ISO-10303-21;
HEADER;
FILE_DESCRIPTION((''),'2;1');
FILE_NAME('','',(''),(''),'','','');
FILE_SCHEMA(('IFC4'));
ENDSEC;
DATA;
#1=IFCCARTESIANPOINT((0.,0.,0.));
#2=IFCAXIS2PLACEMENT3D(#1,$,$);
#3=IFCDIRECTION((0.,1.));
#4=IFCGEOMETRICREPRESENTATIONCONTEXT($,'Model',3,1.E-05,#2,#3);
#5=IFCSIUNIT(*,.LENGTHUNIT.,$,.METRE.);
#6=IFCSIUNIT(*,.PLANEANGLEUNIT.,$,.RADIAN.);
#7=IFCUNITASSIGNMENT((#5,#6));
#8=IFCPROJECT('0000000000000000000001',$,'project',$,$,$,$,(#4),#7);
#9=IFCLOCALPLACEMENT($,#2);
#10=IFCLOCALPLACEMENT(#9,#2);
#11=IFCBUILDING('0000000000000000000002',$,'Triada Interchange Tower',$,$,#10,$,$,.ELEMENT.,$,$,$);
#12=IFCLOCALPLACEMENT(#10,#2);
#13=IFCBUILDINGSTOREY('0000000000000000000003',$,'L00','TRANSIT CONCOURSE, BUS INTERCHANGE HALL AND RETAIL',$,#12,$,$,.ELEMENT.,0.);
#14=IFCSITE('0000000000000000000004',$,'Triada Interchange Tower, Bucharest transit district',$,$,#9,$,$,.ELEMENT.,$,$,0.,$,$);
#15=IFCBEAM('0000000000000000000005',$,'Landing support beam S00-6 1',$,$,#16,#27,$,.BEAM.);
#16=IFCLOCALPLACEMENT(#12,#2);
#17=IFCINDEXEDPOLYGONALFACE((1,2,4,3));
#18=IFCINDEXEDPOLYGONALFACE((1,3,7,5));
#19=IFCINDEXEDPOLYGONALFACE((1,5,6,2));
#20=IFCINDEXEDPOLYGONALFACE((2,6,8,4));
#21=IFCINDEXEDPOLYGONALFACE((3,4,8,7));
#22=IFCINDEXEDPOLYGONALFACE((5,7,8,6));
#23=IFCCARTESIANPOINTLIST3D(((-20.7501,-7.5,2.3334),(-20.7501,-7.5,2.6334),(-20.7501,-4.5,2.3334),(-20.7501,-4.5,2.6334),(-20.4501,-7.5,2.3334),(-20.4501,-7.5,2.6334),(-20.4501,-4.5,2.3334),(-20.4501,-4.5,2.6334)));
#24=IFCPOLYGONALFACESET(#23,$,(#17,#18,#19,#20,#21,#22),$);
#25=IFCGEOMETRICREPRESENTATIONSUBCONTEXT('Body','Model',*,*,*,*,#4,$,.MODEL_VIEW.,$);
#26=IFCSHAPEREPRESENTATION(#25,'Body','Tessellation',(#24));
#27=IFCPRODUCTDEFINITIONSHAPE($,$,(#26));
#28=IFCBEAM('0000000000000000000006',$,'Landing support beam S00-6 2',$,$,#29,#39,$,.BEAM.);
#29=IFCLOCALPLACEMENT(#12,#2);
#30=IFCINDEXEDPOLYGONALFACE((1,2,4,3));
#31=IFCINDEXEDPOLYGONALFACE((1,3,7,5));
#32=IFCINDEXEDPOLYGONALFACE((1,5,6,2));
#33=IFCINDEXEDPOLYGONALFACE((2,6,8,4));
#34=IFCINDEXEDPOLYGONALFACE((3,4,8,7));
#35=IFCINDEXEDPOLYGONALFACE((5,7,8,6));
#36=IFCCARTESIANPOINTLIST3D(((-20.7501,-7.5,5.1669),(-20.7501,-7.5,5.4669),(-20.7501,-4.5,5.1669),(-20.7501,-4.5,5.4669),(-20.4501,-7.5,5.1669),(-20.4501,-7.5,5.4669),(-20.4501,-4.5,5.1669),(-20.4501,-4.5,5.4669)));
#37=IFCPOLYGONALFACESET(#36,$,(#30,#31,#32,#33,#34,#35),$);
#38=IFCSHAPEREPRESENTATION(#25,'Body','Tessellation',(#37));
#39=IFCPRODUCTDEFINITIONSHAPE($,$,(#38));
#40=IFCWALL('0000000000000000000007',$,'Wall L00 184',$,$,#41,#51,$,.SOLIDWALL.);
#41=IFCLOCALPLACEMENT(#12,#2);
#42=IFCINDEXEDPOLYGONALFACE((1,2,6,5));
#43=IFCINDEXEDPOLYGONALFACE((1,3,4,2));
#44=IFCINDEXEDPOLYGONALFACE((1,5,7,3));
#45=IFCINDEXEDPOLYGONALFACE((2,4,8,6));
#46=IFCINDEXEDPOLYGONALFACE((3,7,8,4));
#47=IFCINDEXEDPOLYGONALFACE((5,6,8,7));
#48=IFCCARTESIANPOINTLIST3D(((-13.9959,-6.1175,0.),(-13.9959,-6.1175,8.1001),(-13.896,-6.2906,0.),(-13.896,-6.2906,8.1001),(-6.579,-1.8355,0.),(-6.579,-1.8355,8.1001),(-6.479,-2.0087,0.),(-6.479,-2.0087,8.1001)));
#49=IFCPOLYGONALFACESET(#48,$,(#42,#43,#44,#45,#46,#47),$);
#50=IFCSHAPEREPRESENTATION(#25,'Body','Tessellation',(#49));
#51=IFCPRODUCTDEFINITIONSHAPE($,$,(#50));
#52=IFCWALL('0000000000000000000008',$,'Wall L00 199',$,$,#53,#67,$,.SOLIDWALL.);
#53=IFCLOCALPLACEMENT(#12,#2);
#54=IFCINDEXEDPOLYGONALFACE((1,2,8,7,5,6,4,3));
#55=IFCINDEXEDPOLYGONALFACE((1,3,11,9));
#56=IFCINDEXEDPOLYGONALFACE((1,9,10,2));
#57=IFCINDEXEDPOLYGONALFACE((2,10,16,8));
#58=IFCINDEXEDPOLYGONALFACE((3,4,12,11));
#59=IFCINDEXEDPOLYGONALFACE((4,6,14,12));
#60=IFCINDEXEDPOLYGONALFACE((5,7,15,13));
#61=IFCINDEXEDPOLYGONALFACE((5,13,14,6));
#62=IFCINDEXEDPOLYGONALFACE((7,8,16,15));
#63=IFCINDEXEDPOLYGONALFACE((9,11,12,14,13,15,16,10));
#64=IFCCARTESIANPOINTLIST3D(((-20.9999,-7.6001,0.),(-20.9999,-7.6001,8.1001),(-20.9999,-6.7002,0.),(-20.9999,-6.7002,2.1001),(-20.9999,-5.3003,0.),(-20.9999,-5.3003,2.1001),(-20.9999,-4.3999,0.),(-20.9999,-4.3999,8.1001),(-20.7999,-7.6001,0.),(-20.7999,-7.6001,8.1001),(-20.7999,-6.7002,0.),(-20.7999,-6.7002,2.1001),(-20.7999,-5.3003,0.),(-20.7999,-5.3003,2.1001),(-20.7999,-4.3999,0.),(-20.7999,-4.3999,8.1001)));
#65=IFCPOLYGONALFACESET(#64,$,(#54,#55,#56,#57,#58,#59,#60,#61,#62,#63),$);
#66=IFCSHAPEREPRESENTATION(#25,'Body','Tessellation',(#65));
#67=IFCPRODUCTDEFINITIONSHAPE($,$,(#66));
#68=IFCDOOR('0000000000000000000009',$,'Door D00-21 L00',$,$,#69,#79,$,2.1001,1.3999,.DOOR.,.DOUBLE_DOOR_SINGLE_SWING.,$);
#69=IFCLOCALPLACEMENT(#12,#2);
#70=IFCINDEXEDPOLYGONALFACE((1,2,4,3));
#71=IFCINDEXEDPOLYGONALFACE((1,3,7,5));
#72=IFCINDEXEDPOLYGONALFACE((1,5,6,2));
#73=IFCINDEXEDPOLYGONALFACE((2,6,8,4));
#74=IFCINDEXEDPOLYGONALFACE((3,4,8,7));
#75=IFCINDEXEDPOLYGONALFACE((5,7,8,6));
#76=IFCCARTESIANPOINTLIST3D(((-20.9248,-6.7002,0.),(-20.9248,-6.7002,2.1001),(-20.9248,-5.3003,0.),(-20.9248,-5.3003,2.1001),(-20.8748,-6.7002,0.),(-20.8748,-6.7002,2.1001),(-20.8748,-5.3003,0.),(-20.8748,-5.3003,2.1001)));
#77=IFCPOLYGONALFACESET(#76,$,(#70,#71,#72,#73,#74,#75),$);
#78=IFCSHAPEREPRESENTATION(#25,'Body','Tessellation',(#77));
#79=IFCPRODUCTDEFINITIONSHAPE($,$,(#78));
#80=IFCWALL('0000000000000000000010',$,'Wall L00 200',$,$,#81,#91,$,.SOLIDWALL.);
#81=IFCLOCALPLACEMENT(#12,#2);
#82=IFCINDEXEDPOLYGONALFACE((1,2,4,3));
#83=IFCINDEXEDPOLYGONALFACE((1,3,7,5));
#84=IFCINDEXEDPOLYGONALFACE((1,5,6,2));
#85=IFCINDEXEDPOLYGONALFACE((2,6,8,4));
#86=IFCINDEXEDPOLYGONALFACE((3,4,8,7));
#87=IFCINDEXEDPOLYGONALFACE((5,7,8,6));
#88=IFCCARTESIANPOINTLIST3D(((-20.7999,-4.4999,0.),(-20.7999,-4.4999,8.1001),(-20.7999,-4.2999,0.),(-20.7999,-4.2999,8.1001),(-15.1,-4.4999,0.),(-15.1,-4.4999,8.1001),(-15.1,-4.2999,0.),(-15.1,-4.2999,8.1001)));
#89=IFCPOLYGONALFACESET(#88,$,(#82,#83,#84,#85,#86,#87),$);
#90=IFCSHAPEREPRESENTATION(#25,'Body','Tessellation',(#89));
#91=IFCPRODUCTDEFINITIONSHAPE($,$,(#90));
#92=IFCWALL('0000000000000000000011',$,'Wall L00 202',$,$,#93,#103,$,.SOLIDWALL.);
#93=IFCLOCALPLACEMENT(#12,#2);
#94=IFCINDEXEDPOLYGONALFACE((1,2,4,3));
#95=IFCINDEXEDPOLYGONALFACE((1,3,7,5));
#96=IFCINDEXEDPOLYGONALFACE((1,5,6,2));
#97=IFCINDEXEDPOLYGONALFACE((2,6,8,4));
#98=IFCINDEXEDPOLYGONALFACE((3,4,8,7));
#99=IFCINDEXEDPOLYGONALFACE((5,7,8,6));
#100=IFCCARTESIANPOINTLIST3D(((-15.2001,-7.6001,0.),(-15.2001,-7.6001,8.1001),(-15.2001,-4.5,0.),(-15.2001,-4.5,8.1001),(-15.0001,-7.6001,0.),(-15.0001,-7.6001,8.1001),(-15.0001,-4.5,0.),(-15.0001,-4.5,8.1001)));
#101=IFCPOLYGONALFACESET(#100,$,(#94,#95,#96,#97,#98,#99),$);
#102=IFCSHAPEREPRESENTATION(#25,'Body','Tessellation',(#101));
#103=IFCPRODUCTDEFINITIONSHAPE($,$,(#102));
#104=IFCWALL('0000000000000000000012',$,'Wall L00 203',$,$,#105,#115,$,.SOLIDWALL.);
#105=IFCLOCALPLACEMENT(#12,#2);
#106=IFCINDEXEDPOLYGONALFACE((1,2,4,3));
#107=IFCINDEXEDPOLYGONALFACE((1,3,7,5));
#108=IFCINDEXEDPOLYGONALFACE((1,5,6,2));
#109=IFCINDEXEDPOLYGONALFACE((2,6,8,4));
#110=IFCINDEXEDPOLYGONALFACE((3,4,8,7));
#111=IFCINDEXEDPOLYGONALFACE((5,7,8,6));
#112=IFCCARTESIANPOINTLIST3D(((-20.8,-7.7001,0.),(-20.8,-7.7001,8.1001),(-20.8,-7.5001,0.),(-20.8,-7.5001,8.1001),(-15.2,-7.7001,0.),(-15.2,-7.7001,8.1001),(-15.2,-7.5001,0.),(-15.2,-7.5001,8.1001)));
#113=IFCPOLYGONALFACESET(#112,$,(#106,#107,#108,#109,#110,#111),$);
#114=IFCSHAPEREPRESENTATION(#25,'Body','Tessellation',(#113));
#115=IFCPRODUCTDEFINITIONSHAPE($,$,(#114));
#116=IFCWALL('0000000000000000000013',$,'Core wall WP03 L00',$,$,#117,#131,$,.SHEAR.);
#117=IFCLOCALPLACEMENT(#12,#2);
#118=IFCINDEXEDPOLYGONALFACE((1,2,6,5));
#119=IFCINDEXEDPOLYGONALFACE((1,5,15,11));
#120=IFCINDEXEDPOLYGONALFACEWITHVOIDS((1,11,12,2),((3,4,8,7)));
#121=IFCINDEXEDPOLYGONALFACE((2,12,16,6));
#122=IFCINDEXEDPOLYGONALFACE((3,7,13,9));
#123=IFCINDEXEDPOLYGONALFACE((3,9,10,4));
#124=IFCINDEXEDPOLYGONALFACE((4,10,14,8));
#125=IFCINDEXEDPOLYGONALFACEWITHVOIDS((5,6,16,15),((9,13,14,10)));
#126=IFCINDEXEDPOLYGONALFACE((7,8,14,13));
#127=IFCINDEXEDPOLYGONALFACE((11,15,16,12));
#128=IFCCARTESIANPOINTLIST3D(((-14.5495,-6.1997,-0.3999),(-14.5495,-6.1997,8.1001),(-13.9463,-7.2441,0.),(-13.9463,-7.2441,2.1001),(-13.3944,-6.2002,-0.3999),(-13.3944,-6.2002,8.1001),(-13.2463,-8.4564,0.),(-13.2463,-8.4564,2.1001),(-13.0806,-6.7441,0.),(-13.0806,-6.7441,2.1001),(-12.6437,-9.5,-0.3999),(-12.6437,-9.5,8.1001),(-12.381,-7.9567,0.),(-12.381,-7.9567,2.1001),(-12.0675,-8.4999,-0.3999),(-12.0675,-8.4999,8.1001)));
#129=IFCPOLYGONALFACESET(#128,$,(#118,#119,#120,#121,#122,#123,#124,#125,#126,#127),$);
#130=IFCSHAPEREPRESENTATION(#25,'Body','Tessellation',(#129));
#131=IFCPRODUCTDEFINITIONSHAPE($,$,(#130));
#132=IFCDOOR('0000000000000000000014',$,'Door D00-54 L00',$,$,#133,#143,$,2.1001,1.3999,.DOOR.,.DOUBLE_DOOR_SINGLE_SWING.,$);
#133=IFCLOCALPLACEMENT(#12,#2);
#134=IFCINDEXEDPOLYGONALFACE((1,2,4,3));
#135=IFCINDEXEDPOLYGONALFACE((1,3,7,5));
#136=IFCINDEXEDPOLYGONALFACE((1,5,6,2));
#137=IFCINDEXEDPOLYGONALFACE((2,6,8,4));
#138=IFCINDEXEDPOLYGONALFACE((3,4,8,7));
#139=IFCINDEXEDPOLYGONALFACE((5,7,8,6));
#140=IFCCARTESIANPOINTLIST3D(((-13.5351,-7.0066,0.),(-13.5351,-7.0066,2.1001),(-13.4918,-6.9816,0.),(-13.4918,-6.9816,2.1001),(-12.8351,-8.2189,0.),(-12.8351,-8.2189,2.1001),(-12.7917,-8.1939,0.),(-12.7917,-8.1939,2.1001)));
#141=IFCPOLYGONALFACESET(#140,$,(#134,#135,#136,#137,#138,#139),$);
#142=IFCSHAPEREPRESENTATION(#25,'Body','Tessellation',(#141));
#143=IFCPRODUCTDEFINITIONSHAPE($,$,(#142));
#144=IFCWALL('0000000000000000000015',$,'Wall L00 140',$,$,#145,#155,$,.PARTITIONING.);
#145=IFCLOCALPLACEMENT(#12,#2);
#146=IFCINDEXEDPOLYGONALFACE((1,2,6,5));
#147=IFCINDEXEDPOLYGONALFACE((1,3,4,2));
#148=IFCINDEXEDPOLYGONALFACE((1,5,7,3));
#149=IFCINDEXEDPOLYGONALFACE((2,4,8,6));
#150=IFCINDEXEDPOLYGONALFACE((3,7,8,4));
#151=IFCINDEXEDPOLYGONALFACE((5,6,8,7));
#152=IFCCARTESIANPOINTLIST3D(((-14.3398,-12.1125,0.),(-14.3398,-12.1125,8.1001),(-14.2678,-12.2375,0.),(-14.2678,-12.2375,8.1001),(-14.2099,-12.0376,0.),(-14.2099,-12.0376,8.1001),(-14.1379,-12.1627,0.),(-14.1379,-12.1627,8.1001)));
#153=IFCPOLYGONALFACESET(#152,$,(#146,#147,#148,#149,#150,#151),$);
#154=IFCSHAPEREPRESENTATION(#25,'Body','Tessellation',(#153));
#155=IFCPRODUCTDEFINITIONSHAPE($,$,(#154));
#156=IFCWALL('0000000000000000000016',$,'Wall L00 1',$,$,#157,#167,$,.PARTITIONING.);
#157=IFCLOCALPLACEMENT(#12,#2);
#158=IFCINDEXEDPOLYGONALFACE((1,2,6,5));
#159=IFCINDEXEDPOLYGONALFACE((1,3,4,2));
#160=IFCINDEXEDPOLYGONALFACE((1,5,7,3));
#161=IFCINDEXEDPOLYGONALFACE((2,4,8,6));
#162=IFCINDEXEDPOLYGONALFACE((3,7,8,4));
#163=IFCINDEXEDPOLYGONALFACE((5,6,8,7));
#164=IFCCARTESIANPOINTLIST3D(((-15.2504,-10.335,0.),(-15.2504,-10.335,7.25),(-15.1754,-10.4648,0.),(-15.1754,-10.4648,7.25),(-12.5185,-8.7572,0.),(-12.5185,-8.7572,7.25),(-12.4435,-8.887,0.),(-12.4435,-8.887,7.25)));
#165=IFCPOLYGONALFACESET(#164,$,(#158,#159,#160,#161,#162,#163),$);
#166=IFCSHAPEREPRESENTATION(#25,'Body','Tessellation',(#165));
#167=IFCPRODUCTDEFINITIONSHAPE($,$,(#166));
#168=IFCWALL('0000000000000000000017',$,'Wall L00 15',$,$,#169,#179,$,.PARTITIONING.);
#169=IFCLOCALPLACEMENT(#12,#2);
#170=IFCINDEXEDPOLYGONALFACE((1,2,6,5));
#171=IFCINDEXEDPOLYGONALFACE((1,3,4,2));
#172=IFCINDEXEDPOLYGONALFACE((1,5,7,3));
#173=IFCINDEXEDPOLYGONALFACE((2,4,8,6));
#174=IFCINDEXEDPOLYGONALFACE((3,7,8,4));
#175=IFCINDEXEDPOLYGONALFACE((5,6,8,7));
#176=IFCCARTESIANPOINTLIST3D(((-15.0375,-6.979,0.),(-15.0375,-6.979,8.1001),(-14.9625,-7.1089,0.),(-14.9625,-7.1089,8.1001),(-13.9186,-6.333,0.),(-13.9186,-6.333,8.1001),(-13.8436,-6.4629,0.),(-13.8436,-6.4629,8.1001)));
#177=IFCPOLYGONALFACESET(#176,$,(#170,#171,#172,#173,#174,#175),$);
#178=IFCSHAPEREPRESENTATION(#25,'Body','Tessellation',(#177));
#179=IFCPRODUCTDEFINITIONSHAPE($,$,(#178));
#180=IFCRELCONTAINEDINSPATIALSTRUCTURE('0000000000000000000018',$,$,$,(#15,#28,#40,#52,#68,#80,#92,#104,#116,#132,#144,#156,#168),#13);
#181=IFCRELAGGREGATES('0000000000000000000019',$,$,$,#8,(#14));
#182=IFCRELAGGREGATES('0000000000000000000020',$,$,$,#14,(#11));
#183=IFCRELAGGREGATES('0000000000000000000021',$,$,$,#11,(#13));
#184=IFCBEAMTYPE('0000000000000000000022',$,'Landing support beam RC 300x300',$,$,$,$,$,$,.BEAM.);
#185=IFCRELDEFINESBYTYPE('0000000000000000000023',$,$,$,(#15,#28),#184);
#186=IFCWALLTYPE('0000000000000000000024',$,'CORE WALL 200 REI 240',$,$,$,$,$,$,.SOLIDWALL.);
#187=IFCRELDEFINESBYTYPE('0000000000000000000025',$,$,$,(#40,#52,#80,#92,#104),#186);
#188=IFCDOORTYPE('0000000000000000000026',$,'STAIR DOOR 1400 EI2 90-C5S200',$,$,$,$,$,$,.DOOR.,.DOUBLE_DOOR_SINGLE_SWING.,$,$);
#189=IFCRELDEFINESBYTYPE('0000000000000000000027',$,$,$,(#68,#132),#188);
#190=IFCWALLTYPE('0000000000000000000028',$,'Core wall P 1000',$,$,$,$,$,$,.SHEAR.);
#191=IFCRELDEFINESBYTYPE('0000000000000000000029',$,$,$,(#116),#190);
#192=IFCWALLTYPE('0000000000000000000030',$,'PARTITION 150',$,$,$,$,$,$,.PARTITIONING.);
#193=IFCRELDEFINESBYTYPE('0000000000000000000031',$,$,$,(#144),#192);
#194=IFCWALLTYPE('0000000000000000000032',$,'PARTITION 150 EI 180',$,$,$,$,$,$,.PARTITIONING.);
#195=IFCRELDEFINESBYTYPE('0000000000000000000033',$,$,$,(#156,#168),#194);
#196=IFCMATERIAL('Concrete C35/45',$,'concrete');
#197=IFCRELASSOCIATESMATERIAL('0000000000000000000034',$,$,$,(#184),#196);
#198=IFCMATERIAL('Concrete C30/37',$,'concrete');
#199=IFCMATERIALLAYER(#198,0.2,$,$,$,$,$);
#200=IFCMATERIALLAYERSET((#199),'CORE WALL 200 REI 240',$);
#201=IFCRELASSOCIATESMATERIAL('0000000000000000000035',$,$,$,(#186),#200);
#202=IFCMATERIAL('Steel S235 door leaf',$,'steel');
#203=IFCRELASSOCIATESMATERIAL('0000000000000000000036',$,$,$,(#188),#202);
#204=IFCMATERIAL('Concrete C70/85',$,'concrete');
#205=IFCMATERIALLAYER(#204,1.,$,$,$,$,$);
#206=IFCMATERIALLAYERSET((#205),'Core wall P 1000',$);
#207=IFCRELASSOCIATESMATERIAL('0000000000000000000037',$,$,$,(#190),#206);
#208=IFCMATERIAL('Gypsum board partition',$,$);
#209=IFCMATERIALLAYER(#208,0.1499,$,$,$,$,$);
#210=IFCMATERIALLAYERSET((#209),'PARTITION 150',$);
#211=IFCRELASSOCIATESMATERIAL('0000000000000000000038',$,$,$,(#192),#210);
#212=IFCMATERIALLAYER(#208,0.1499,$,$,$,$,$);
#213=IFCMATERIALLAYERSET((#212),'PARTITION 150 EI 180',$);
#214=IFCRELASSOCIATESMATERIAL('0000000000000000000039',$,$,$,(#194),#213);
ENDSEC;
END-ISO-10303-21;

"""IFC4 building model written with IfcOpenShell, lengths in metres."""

from ifc_helpers import new_model, si_unit, direction, frame, frame_2d, origin, origin_2d, place, context, subcontext, project, spatial, polyline, rectangle, outline, extrude, material, layer, layer_set, material_profile, profile_set, type_object, element, fill, save


model = new_model("IFC4")

# Units and contexts
model_context = context("Model", 3, precision=1e-05, world=origin(), true_north=direction((0.0, 1.0)))
body_context = subcontext(model_context, "Body", "Model", "MODEL_VIEW")
ifc_project = project(units=[si_unit("LENGTHUNIT", "METRE"), si_unit("PLANEANGLEUNIT", "RADIAN")], contexts=[model_context])

# Site, building, storey
site_placement = place(None, origin())
site = spatial("IfcSite", under=ifc_project, at=site_placement, Name="Triada Interchange Tower, Bucharest transit district", CompositionType="ELEMENT", RefElevation=0.0)
building_placement = place(site_placement, origin())
building = spatial("IfcBuilding", under=site, at=building_placement, Name="Triada Interchange Tower", CompositionType="ELEMENT")
storey_placement = place(building_placement, origin())
storey = spatial("IfcBuildingStorey", under=building, at=storey_placement, Name="L00", Description="TRANSIT CONCOURSE, BUS INTERCHANGE HALL AND RETAIL", CompositionType="ELEMENT", Elevation=0.0)

# Beams
ifc_material_1 = material(Name="Concrete C35/45", Category="concrete")
ifc_material_profile_1 = material_profile(ifc_material_1, rectangle(XDim=0.3, YDim=0.3, at=origin_2d()), Name="RC 300x300")
ifc_profile_set_1 = profile_set([ifc_material_profile_1], Name="Concrete C35/45")
beam_type_1 = type_object("IfcBeamType", Name="Landing support beam RC 300x300", PredefinedType="BEAM", material=ifc_profile_set_1)
for number, where, z_axis, x_axis, name in (
    (1, (-20.6001, -4.5, 2.4834), (0.0, -1.0, 0.0), (1.0, 0.0, 0.0), "Landing support beam S00-6 1"),
    (2, (-20.6001, -4.5, 5.3169), (0.0, -1.0, 0.0), (1.0, 0.0, 0.0), "Landing support beam S00-6 2"),
):
    element("IfcBeam", number, at=place(storey_placement, frame(where, z_axis=z_axis, x_axis=x_axis)), inside=storey, type_object=beam_type_1, Name=name, PredefinedType="BEAM", context=body_context, shape_type="SweptSolid", body=[
        extrude(rectangle(XDim=0.3, YDim=0.3, at=origin_2d()), origin(), (0.0, 0.0, 1.0), 3.0),
    ])

# Wall
ifc_material_2 = material(Name="Concrete C30/37", Category="concrete")
ifc_layer_1 = layer(ifc_material_2, 0.2)
ifc_layer_set_1 = layer_set([ifc_layer_1], Name="CORE WALL 200 REI 240")
wall_type_1 = type_object("IfcWallType", Name="CORE WALL 200 REI 240", PredefinedType="SOLIDWALL", material=ifc_layer_set_1)
wall_1_placement = place(storey_placement, frame((-13.946, -6.2041, 0.0), z_axis=(0.0, 0.0, 1.0), x_axis=(0.866037, 0.499981, 0.0)))
element("IfcWall", 3, at=wall_1_placement, inside=storey, type_object=wall_type_1, Name="Wall L00 184", PredefinedType="SOLIDWALL", context=body_context, shape_type="SweptSolid", body=[
    extrude(rectangle(XDim=8.5642, YDim=0.2, at=frame_2d((4.2822, 0.0))), origin(), (0.0, 0.0, 1.0), 8.1001),
])

# Wall, opening, door
wall_2_placement = place(storey_placement, frame((-20.8999, -7.6001, 0.0), z_axis=(0.0, 0.0, 1.0), x_axis=(0.0, 1.0, 0.0)))
wall_2 = element("IfcWall", 4, at=wall_2_placement, inside=storey, type_object=wall_type_1, Name="Wall L00 199", PredefinedType="SOLIDWALL", context=body_context, shape_type="SweptSolid", body=[
    extrude(rectangle(XDim=3.2002, YDim=0.2, at=frame_2d((1.6001, 0.0))), origin(), (0.0, 0.0, 1.0), 8.1001),
])
opening_1_placement = place(wall_2_placement, frame((0.8999, 0.0, 0.0)))
opening_1 = element("IfcOpeningElement", 5, at=opening_1_placement, cuts=wall_2, PredefinedType="OPENING", context=body_context, shape_type="SweptSolid", body=[
    extrude(rectangle(XDim=1.3999, YDim=2.1001, at=frame_2d((0.7, 1.05))), frame((0.0, 0.1099, 0.0), z_axis=(0.0, -1.0, 0.0), x_axis=(1.0, 0.0, 0.0)), (0.0, 0.0, 1.0), 0.22),
])
ifc_material_3 = material(Name="Steel S235 door leaf", Category="steel")
door_type = type_object("IfcDoorType", Name="STAIR DOOR 1400 EI2 90-C5S200", OperationType="DOUBLE_DOOR_SINGLE_SWING", PredefinedType="DOOR", material=ifc_material_3)
door_1_placement = place(opening_1_placement, origin())
door_1 = element("IfcDoor", 6, at=door_1_placement, inside=storey, type_object=door_type, Name="Door D00-21 L00", OperationType="DOUBLE_DOOR_SINGLE_SWING", OverallHeight=2.1001, OverallWidth=1.3999, PredefinedType="DOOR", context=body_context, shape_type="SweptSolid", body=[
    extrude(rectangle(XDim=1.3999, YDim=2.1001, at=frame_2d((0.7, 1.05))), frame((0.0, 0.0249, 0.0), z_axis=(0.0, -1.0, 0.0), x_axis=(1.0, 0.0, 0.0)), (0.0, 0.0, 1.0), 0.05),
])
fill(opening_1, door_1)

# Walls
wall_3_placement = place(storey_placement, frame((-20.8, -4.3999, 0.0), z_axis=(0.0, 0.0, 1.0), x_axis=(1.0, 0.0, 0.0)))
element("IfcWall", 7, at=wall_3_placement, inside=storey, type_object=wall_type_1, Name="Wall L00 200", PredefinedType="SOLIDWALL", context=body_context, shape_type="SweptSolid", body=[
    extrude(rectangle(XDim=5.7, YDim=0.2, at=frame_2d((2.8501, 0.0))), origin(), (0.0, 0.0, 1.0), 8.1001),
])
wall_4_placement = place(storey_placement, frame((-15.1001, -7.6001, 0.0), z_axis=(0.0, 0.0, 1.0), x_axis=(0.0, 1.0, 0.0)))
element("IfcWall", 8, at=wall_4_placement, inside=storey, type_object=wall_type_1, Name="Wall L00 202", PredefinedType="SOLIDWALL", context=body_context, shape_type="SweptSolid", body=[
    extrude(rectangle(XDim=3.1001, YDim=0.2, at=frame_2d((1.55, 0.0))), origin(), (0.0, 0.0, 1.0), 8.1001),
])
wall_5_placement = place(storey_placement, frame((-20.8, -7.6001, 0.0), z_axis=(0.0, 0.0, 1.0), x_axis=(1.0, 0.0, 0.0)))
element("IfcWall", 9, at=wall_5_placement, inside=storey, type_object=wall_type_1, Name="Wall L00 203", PredefinedType="SOLIDWALL", context=body_context, shape_type="SweptSolid", body=[
    extrude(rectangle(XDim=5.6001, YDim=0.2, at=frame_2d((2.8, 0.0))), origin(), (0.0, 0.0, 1.0), 8.1001),
])

# Wall, opening, door
ifc_material_4 = material(Name="Concrete C70/85", Category="concrete")
ifc_layer_2 = layer(ifc_material_4, 1.0)
ifc_layer_set_2 = layer_set([ifc_layer_2], Name="Core wall P 1000")
wall_type_2 = type_object("IfcWallType", Name="Core wall P 1000", PredefinedType="SHEAR", material=ifc_layer_set_2)
wall_6_placement = place(storey_placement, frame((-13.9719, -6.2, -0.3999), z_axis=(0.0, 0.0, 1.0), x_axis=(0.500078, -0.865981, 0.0)))
wall_6 = element("IfcWall", 10, at=wall_6_placement, inside=storey, type_object=wall_type_2, Name="Core wall WP03 L00", PredefinedType="SHEAR", context=body_context, shape_type="SweptSolid", body=[
    extrude(outline(polyline([(-0.2891, -0.5), (1.6165, -0.5), (3.522, -0.5), (2.9441, 0.499), (1.6167, 0.4995), (0.2891, 0.5), (-0.2891, -0.5)])), origin(), (0.0, 0.0, 1.0), 8.5),
])
opening_2_placement = place(wall_6_placement, frame((0.917, 0.0, 0.3999)))
opening_2 = element("IfcOpeningElement", 11, at=opening_2_placement, cuts=wall_6, PredefinedType="OPENING", context=body_context, shape_type="SweptSolid", body=[
    extrude(rectangle(XDim=1.3999, YDim=2.1001, at=frame_2d((0.7, 1.05))), frame((0.0, 0.51, 0.0), z_axis=(0.0, -1.0, 0.0), x_axis=(1.0, 0.0, 0.0)), (0.0, 0.0, 1.0), 1.02),
])
door_2_placement = place(opening_2_placement, origin())
door_2 = element("IfcDoor", 12, at=door_2_placement, inside=storey, type_object=door_type, Name="Door D00-54 L00", OperationType="DOUBLE_DOOR_SINGLE_SWING", OverallHeight=2.1001, OverallWidth=1.3999, PredefinedType="DOOR", context=body_context, shape_type="SweptSolid", body=[
    extrude(rectangle(XDim=1.3999, YDim=2.1001, at=frame_2d((0.7, 1.05))), frame((0.0, 0.0249, 0.0), z_axis=(0.0, -1.0, 0.0), x_axis=(1.0, 0.0, 0.0)), (0.0, 0.0, 1.0), 0.05),
])
fill(opening_2, door_2)

# Walls
ifc_material_5 = material(Name="Gypsum board partition")
ifc_layer_3 = layer(ifc_material_5, 0.1499)
ifc_layer_set_3 = layer_set([ifc_layer_3], Name="PARTITION 150")
wall_type_3 = type_object("IfcWallType", Name="PARTITION 150", PredefinedType="PARTITIONING", material=ifc_layer_set_3)
wall_7_placement = place(storey_placement, frame((-14.2749, -12.075, 0.0), z_axis=(0.0, 0.0, 1.0), x_axis=(0.499234, -0.866467, 0.0)))
element("IfcWall", 13, at=wall_7_placement, inside=storey, type_object=wall_type_3, Name="Wall L00 140", PredefinedType="PARTITIONING", context=body_context, shape_type="SweptSolid", body=[
    extrude(rectangle(XDim=0.1443, YDim=0.1499, at=frame_2d((0.0723, 0.0))), origin(), (0.0, 0.0, 1.0), 8.1001),
])
ifc_layer_4 = layer(ifc_material_5, 0.1499)
ifc_layer_set_4 = layer_set([ifc_layer_4], Name="PARTITION 150 EI 180")
wall_type_4 = type_object("IfcWallType", Name="PARTITION 150 EI 180", PredefinedType="PARTITIONING", material=ifc_layer_set_4)
wall_8_placement = place(storey_placement, frame((-15.2129, -10.3999, 0.0), z_axis=(0.0, 0.0, 1.0), x_axis=(0.865943, 0.500142, 0.0)))
element("IfcWall", 14, at=wall_8_placement, inside=storey, type_object=wall_type_4, Name="Wall L00 1", PredefinedType="PARTITIONING", context=body_context, shape_type="SweptSolid", body=[
    extrude(rectangle(XDim=3.1548, YDim=0.1499, at=frame_2d((1.5774, 0.0))), origin(), (0.0, 0.0, 1.0), 7.25),
])
wall_9_placement = place(storey_placement, frame((-15.0, -7.0439, 0.0), z_axis=(0.0, 0.0, 1.0), x_axis=(0.866025, 0.500001, 0.0)))
element("IfcWall", 15, at=wall_9_placement, inside=storey, type_object=wall_type_4, Name="Wall L00 15", PredefinedType="PARTITIONING", context=body_context, shape_type="SweptSolid", body=[
    extrude(rectangle(XDim=1.292, YDim=0.1499, at=frame_2d((0.646, 0.0))), origin(), (0.0, 0.0, 1.0), 8.1001),
])

save(model, "model.ifc")
